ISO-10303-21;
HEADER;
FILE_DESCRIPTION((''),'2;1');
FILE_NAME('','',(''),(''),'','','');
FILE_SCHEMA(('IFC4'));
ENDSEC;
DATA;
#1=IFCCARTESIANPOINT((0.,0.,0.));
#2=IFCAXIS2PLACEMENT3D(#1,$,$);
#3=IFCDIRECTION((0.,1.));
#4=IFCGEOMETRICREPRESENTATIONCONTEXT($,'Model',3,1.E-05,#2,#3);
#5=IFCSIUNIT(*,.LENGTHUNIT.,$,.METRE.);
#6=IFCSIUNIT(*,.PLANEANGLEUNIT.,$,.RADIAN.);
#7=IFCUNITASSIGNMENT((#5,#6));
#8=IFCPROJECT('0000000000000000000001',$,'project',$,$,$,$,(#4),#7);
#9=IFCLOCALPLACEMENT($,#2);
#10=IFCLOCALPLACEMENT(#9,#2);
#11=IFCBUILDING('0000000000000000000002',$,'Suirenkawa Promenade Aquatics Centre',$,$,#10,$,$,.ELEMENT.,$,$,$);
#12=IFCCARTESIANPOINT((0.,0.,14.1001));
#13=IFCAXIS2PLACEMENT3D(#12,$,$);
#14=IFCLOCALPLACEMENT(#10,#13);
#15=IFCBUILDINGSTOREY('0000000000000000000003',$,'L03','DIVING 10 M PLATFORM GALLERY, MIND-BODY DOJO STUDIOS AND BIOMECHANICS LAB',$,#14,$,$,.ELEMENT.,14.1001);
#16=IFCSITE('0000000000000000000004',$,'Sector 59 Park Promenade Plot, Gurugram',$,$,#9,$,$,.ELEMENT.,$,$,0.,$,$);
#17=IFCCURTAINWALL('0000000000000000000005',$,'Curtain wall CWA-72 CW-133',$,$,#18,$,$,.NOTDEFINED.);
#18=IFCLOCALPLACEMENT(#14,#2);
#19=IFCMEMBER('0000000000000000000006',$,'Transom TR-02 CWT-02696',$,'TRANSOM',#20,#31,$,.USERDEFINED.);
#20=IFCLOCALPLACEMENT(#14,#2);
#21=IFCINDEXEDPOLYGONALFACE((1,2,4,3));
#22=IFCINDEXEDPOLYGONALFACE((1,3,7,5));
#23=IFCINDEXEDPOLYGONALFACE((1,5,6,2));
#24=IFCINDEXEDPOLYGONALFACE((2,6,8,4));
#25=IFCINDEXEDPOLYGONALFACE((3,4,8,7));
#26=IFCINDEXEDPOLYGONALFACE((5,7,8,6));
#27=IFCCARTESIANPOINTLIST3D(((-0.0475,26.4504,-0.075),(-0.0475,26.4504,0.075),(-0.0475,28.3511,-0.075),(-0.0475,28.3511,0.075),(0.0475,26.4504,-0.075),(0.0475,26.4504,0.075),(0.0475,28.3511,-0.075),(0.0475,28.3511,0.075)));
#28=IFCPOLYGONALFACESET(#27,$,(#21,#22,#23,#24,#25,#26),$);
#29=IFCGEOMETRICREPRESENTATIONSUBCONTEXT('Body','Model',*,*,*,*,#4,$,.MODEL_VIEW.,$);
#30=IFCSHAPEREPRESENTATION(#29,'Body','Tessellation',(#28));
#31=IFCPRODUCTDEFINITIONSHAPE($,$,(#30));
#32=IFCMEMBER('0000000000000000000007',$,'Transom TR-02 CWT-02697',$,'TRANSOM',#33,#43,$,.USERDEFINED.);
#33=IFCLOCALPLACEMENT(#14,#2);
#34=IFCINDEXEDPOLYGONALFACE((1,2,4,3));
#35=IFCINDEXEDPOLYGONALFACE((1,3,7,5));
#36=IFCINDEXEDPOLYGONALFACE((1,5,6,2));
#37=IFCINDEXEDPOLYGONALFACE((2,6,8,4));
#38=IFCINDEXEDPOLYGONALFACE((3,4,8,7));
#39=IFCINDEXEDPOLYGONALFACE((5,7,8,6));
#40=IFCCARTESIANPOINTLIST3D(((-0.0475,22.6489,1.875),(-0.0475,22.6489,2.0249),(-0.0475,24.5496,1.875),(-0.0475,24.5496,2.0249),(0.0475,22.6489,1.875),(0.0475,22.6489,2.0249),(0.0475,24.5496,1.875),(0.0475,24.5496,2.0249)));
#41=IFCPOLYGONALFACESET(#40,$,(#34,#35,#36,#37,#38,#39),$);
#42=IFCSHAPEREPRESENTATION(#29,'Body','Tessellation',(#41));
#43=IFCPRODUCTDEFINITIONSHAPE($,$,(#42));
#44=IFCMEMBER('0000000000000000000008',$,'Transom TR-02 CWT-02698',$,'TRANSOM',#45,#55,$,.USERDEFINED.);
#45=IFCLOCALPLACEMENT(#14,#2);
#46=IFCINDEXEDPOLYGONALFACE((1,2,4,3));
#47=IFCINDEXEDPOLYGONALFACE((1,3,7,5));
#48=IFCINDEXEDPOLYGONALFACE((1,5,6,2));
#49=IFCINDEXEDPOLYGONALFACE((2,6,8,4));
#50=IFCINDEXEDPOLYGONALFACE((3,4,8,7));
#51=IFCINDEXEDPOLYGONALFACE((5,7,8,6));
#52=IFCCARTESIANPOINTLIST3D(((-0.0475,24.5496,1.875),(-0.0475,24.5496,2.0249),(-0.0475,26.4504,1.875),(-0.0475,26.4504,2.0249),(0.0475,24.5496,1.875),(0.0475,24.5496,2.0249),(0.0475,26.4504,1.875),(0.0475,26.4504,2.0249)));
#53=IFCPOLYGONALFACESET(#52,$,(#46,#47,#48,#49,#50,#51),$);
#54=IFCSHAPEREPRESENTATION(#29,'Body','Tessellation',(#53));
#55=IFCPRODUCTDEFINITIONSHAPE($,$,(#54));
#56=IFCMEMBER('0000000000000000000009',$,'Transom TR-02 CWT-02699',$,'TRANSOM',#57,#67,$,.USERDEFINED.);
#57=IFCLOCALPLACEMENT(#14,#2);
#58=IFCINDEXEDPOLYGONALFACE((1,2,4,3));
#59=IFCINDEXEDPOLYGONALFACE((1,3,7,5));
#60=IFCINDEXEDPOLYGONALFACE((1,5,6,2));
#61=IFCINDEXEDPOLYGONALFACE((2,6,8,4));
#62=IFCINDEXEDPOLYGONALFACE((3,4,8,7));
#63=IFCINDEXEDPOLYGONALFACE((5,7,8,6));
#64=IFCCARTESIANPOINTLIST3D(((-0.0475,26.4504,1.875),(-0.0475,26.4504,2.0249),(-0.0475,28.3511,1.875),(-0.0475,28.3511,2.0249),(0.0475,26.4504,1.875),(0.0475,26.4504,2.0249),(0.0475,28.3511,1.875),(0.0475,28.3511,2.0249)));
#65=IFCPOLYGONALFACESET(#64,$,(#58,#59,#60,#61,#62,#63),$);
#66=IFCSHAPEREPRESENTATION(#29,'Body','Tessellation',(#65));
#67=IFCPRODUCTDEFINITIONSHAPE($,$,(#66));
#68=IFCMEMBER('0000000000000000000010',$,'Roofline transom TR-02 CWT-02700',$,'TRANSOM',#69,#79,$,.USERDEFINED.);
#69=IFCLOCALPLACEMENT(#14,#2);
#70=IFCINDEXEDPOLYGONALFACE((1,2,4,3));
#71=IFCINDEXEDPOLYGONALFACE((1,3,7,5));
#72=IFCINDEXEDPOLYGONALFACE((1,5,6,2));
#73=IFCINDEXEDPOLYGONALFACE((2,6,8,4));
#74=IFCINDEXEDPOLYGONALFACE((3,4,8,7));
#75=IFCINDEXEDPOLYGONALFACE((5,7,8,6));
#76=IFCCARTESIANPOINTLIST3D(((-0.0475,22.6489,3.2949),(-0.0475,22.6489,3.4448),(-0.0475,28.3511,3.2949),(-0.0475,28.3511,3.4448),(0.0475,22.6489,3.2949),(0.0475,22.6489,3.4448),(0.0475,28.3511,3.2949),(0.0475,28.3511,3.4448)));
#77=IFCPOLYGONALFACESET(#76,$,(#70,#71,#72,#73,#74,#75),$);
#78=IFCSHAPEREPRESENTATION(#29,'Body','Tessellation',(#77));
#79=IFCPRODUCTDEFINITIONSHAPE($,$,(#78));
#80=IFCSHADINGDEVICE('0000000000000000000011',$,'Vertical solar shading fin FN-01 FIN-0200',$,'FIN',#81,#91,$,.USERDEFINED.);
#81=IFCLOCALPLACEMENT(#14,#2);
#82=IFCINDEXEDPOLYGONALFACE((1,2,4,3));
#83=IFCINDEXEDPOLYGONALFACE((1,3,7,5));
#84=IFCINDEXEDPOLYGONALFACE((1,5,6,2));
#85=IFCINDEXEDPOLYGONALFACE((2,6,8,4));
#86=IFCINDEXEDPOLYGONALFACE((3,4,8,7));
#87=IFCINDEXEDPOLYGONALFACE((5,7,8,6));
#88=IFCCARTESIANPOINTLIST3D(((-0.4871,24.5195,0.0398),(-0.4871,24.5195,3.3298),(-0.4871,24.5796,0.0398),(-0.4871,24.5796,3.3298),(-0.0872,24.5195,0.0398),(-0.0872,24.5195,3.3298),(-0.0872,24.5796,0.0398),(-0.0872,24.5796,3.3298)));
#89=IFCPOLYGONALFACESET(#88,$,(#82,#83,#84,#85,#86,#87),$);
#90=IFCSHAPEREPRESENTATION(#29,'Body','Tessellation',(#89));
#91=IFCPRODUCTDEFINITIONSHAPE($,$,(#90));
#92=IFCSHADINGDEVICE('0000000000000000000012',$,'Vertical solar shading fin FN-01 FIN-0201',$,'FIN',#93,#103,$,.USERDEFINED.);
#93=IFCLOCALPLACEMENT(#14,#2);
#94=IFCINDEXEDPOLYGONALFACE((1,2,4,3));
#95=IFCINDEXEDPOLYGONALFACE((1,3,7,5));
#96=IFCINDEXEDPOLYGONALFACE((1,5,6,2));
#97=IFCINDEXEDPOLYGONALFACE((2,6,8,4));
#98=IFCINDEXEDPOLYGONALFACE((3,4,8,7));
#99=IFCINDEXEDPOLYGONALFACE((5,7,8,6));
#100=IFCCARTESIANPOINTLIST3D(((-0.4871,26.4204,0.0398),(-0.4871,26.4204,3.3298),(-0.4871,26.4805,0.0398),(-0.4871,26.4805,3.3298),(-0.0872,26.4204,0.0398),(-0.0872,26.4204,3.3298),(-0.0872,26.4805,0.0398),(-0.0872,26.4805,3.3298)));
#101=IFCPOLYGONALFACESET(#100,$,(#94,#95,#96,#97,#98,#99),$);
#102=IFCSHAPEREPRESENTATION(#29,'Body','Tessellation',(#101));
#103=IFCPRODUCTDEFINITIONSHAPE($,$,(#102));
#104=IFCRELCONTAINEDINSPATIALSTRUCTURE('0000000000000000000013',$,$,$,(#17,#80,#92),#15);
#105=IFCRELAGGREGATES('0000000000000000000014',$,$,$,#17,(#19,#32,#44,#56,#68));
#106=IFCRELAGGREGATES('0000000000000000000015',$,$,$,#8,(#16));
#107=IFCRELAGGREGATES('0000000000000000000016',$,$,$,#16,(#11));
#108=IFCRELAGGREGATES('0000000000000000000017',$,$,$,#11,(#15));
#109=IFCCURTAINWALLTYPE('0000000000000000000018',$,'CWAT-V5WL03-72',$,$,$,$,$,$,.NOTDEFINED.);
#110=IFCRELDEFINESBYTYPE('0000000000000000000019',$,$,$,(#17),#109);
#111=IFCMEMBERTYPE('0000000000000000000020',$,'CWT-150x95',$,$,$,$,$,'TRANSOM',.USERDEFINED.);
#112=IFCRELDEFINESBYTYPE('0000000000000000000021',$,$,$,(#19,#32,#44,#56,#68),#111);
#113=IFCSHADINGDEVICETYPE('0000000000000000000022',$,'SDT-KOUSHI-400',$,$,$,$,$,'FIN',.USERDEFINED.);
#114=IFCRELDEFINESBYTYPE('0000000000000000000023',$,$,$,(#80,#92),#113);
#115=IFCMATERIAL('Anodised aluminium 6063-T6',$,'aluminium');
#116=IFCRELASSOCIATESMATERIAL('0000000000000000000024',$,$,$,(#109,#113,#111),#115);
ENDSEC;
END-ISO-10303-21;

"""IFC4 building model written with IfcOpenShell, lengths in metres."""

from ifc_helpers import new_model, si_unit, direction, frame, origin, origin_2d, place, context, subcontext, project, spatial, rectangle, extrude, material, material_profile, profile_set, type_object, element, aggregate, save


model = new_model("IFC4")

# Units and contexts
model_context = context("Model", 3, precision=1e-05, world=origin(), true_north=direction((0.0, 1.0)))
body_context = subcontext(model_context, "Body", "Model", "MODEL_VIEW")
ifc_project = project(units=[si_unit("LENGTHUNIT", "METRE"), si_unit("PLANEANGLEUNIT", "RADIAN")], contexts=[model_context])

# Site, building, storey
site_placement = place(None, origin())
site = spatial("IfcSite", under=ifc_project, at=site_placement, Name="Sector 59 Park Promenade Plot, Gurugram", CompositionType="ELEMENT", RefElevation=0.0)
building_placement = place(site_placement, origin())
building = spatial("IfcBuilding", under=site, at=building_placement, Name="Suirenkawa Promenade Aquatics Centre", CompositionType="ELEMENT")
storey_placement = place(building_placement, frame((0.0, 0.0, 14.1001)))
storey = spatial("IfcBuildingStorey", under=building, at=storey_placement, Name="L03", Description="DIVING 10 M PLATFORM GALLERY, MIND-BODY DOJO STUDIOS AND BIOMECHANICS LAB", CompositionType="ELEMENT", Elevation=14.1001)

# Curtain wall, members
ifc_material_1 = material(Name="Anodised aluminium 6063-T6", Category="aluminium")
curtain_wall_type = type_object("IfcCurtainWallType", Name="CWAT-V5WL03-72", PredefinedType="NOTDEFINED", material=ifc_material_1)
curtain_wall_placement = place(storey_placement, origin())
curtain_wall = element("IfcCurtainWall", 1, at=curtain_wall_placement, inside=storey, type_object=curtain_wall_type, Name="Curtain wall CWA-72 CW-133", PredefinedType="NOTDEFINED")
ifc_material_profile_1 = material_profile(ifc_material_1, rectangle(XDim=0.095, YDim=0.1499, at=origin_2d()), Name="ALU TRAN 95x150", Category="aluminium")
ifc_profile_set_1 = profile_set([ifc_material_profile_1], Name="Anodised aluminium 6063-T6")
member_type_1 = type_object("IfcMemberType", Name="CWT-150x95", ElementType="TRANSOM", PredefinedType="USERDEFINED", material=ifc_profile_set_1)
member_1_placement = place(storey_placement, frame((0.0, 26.4504, 0.0), z_axis=(0.0, 1.0, 0.0), x_axis=(-1.0, 0.0, 0.0)))
member_1 = element("IfcMember", 2, at=member_1_placement, type_object=member_type_1, Name="Transom TR-02 CWT-02696", ObjectType="TRANSOM", PredefinedType="USERDEFINED", context=body_context, shape_type="SweptSolid", body=[
    extrude(rectangle(XDim=0.095, YDim=0.1499, at=origin_2d()), origin(), (0.0, 0.0, 1.0), 1.9006),
])
member_2_placement = place(storey_placement, frame((0.0, 22.6489, 1.95), z_axis=(0.0, 1.0, 0.0), x_axis=(-1.0, 0.0, 0.0)))
member_2 = element("IfcMember", 3, at=member_2_placement, type_object=member_type_1, Name="Transom TR-02 CWT-02697", ObjectType="TRANSOM", PredefinedType="USERDEFINED", context=body_context, shape_type="SweptSolid", body=[
    extrude(rectangle(XDim=0.095, YDim=0.1499, at=origin_2d()), origin(), (0.0, 0.0, 1.0), 1.9006),
])
member_3_placement = place(storey_placement, frame((0.0, 24.5496, 1.95), z_axis=(0.0, 1.0, 0.0), x_axis=(-1.0, 0.0, 0.0)))
member_3 = element("IfcMember", 4, at=member_3_placement, type_object=member_type_1, Name="Transom TR-02 CWT-02698", ObjectType="TRANSOM", PredefinedType="USERDEFINED", context=body_context, shape_type="SweptSolid", body=[
    extrude(rectangle(XDim=0.095, YDim=0.1499, at=origin_2d()), origin(), (0.0, 0.0, 1.0), 1.9009),
])
member_4_placement = place(storey_placement, frame((0.0, 26.4504, 1.95), z_axis=(0.0, 1.0, 0.0), x_axis=(-1.0, 0.0, 0.0)))
member_4 = element("IfcMember", 5, at=member_4_placement, type_object=member_type_1, Name="Transom TR-02 CWT-02699", ObjectType="TRANSOM", PredefinedType="USERDEFINED", context=body_context, shape_type="SweptSolid", body=[
    extrude(rectangle(XDim=0.095, YDim=0.1499, at=origin_2d()), origin(), (0.0, 0.0, 1.0), 1.9006),
])
member_5_placement = place(storey_placement, frame((0.0, 22.6489, 3.3699), z_axis=(0.0, 1.0, 0.0), x_axis=(-1.0, 0.0, 0.0)))
member_5 = element("IfcMember", 6, at=member_5_placement, type_object=member_type_1, Name="Roofline transom TR-02 CWT-02700", ObjectType="TRANSOM", PredefinedType="USERDEFINED", context=body_context, shape_type="SweptSolid", body=[
    extrude(rectangle(XDim=0.095, YDim=0.1499, at=origin_2d()), origin(), (0.0, 0.0, 1.0), 5.7021),
])
aggregate(curtain_wall, [member_1, member_2, member_3, member_4, member_5])

# Shading devices
shading_device_type = type_object("IfcShadingDeviceType", Name="SDT-KOUSHI-400", ElementType="FIN", PredefinedType="USERDEFINED", material=ifc_material_1)
for number, where, z_axis, x_axis, name in (
    (7, (-0.2871, 24.5496, 0.0398), (0.0, 0.0, 1.0), (-1.0, 0.0, 0.0), "Vertical solar shading fin FN-01 FIN-0200"),
    (8, (-0.2871, 26.4504, 0.0398), (0.0, 0.0, 1.0), (-1.0, 0.0, 0.0), "Vertical solar shading fin FN-01 FIN-0201"),
):
    element("IfcShadingDevice", number, at=place(storey_placement, frame(where, z_axis=z_axis, x_axis=x_axis)), inside=storey, type_object=shading_device_type, Name=name, ObjectType="FIN", PredefinedType="USERDEFINED", context=body_context, shape_type="SweptSolid", body=[
        extrude(rectangle(XDim=0.3999, YDim=0.0601, at=origin_2d()), origin(), (0.0, 0.0, 1.0), 3.29),
    ])

save(model, "model.ifc")
